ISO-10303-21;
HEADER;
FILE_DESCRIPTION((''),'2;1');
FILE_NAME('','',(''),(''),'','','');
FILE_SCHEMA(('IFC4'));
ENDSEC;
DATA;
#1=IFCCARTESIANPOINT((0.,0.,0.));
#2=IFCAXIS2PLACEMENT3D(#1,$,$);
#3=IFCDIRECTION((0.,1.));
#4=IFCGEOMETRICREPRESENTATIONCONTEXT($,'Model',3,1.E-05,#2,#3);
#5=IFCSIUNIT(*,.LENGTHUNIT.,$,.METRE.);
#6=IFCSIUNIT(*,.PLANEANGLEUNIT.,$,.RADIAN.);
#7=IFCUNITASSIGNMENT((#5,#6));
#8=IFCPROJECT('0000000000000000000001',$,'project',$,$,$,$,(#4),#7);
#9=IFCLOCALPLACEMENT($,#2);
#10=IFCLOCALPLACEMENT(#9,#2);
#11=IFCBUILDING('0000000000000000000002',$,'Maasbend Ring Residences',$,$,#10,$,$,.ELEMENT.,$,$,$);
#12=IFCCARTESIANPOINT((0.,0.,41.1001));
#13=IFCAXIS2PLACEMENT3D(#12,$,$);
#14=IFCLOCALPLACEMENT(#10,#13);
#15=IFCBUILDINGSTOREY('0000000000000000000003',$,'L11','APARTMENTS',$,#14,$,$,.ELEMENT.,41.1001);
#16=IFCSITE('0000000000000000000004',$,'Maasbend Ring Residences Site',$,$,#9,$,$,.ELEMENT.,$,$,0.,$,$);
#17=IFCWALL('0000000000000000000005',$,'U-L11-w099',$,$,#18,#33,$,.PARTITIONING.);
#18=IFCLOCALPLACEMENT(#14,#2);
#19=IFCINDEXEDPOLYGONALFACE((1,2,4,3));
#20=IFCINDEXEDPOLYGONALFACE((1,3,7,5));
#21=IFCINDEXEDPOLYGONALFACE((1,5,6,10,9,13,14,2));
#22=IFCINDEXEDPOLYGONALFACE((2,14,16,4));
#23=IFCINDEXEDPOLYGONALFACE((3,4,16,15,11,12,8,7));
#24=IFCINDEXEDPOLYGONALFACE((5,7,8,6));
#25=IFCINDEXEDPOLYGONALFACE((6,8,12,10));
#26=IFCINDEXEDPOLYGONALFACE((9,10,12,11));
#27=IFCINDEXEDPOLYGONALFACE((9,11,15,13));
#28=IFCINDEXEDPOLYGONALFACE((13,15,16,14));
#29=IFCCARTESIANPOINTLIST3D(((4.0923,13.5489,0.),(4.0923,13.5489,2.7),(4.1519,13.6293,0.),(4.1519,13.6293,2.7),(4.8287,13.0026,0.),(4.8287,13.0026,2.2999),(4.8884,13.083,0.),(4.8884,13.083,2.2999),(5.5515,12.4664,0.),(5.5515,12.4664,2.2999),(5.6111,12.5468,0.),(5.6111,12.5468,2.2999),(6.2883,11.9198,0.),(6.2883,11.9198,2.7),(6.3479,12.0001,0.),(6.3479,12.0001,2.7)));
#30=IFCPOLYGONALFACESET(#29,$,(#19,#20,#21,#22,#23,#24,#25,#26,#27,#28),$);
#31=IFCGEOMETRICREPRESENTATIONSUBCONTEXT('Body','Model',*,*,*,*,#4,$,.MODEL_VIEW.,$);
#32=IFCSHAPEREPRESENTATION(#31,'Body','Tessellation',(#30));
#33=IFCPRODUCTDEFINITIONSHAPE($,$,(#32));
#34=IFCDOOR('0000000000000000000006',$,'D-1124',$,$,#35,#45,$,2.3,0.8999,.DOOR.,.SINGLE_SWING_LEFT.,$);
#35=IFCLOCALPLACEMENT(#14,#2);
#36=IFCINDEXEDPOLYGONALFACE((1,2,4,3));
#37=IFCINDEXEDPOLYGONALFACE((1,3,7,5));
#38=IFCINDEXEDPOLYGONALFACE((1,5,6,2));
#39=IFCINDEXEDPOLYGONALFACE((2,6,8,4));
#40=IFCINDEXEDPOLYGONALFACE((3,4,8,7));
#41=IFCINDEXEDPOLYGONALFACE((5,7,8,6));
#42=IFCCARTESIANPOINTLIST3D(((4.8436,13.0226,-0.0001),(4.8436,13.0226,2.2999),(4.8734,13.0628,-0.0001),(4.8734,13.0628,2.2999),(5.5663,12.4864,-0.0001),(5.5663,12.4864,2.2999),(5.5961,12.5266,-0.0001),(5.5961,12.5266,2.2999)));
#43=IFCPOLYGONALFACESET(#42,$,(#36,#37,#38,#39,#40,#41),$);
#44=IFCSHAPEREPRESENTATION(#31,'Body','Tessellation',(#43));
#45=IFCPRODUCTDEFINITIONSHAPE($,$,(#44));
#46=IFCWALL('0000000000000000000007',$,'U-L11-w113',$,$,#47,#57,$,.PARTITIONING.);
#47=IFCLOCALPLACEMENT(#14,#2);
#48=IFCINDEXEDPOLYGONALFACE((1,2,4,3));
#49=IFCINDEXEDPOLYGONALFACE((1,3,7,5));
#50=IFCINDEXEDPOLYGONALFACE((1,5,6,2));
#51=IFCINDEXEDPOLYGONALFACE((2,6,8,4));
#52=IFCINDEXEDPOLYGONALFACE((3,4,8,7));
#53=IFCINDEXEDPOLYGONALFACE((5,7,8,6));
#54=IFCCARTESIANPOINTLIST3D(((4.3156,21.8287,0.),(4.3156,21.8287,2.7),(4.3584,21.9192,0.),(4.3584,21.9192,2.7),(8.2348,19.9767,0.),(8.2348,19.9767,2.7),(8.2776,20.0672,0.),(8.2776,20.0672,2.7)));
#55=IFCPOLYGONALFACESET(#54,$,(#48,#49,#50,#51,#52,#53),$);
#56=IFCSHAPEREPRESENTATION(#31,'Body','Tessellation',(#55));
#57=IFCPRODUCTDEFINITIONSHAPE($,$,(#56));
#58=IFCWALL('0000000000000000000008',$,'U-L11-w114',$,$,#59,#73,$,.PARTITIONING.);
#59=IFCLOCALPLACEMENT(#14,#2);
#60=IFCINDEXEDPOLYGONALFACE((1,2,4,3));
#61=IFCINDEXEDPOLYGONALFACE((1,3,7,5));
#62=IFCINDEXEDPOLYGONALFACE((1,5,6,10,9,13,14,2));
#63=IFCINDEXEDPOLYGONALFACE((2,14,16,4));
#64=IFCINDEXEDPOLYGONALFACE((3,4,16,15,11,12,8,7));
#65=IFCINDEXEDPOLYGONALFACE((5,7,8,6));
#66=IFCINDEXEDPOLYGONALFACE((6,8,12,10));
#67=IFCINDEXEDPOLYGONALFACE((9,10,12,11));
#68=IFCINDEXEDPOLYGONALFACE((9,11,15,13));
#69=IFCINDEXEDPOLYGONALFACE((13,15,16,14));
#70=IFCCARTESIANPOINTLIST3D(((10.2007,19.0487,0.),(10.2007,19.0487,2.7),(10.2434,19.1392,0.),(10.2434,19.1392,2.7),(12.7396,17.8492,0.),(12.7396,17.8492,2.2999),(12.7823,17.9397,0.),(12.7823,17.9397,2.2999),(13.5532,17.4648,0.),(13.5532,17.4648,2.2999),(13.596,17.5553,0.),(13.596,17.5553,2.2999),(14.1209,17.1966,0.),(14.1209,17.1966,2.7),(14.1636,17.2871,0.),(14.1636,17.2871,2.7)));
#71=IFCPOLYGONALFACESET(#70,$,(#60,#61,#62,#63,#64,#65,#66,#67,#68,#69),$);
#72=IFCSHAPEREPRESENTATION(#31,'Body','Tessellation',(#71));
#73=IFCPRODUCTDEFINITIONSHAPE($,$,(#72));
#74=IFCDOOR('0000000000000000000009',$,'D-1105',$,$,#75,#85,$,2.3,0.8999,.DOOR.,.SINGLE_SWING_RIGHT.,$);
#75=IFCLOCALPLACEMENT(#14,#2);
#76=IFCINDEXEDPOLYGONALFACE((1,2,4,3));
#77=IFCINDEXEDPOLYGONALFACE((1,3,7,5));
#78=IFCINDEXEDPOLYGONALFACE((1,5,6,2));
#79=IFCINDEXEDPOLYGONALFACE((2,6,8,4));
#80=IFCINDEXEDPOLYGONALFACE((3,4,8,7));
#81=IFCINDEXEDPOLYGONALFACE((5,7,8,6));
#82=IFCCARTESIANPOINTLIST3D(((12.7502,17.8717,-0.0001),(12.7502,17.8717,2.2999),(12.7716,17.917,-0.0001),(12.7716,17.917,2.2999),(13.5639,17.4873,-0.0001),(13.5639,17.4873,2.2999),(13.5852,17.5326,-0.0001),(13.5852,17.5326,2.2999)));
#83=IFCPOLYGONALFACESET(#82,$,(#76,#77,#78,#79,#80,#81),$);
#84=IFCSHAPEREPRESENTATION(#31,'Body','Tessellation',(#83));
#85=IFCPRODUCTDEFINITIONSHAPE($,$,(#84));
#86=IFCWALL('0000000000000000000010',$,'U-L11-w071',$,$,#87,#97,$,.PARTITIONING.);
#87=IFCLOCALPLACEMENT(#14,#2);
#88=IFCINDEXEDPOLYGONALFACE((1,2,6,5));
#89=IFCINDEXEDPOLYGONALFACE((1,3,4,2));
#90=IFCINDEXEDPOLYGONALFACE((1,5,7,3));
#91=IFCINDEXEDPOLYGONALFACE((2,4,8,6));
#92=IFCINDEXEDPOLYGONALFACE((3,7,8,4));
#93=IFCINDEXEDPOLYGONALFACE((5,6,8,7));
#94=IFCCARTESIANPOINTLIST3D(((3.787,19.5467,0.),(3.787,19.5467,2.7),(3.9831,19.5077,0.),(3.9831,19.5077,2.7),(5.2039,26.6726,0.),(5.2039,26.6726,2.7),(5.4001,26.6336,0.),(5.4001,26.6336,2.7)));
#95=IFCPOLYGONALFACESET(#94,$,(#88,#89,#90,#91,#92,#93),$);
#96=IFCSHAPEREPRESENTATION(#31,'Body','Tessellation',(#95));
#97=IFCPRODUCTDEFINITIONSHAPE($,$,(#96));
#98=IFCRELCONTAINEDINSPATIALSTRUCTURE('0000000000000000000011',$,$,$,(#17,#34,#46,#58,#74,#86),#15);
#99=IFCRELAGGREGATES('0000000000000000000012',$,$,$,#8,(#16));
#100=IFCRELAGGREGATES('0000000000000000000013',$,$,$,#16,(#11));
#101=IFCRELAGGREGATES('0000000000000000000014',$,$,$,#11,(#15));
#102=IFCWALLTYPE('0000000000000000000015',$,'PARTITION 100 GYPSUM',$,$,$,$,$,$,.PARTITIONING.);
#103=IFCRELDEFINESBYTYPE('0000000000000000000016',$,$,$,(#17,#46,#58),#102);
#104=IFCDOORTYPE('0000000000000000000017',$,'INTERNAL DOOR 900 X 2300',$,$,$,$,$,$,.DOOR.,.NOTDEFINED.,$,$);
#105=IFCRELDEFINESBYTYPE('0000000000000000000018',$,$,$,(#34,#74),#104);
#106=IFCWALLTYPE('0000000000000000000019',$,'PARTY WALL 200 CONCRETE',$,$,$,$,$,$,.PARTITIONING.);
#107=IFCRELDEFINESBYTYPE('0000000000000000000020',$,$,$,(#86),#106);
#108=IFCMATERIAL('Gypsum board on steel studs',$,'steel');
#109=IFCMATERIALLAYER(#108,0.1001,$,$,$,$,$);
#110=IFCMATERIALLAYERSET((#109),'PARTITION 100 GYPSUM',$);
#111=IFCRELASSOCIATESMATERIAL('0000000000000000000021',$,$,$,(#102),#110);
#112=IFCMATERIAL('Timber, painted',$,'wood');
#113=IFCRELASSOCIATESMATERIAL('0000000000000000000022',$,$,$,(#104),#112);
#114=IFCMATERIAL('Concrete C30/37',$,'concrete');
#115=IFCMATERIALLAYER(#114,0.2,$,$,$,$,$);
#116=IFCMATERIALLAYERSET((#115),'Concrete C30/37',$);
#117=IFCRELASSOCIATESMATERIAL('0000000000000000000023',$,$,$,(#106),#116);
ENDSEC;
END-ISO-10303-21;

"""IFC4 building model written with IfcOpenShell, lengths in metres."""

from ifc_helpers import new_model, si_unit, direction, frame, frame_2d, origin, place, context, subcontext, project, spatial, rectangle, extrude, material, layer, layer_set, type_object, element, fill, save


model = new_model("IFC4")

# Units and contexts
model_context = context("Model", 3, precision=1e-05, world=origin(), true_north=direction((0.0, 1.0)))
body_context = subcontext(model_context, "Body", "Model", "MODEL_VIEW")
ifc_project = project(units=[si_unit("LENGTHUNIT", "METRE"), si_unit("PLANEANGLEUNIT", "RADIAN")], contexts=[model_context])

# Site, building, storey
site_placement = place(None, origin())
site = spatial("IfcSite", under=ifc_project, at=site_placement, Name="Maasbend Ring Residences Site", CompositionType="ELEMENT", RefElevation=0.0)
building_placement = place(site_placement, origin())
building = spatial("IfcBuilding", under=site, at=building_placement, Name="Maasbend Ring Residences", CompositionType="ELEMENT")
storey_placement = place(building_placement, frame((0.0, 0.0, 41.1001)))
storey = spatial("IfcBuildingStorey", under=building, at=storey_placement, Name="L11", Description="APARTMENTS", CompositionType="ELEMENT", Elevation=41.1001)

# Shared definitions
ifc_material_1 = material(Name="Gypsum board on steel studs", Category="steel")
ifc_layer_1 = layer(ifc_material_1, 0.1001)
ifc_layer_set_1 = layer_set([ifc_layer_1], Name="PARTITION 100 GYPSUM")
wall_type_1 = type_object("IfcWallType", Name="PARTITION 100 GYPSUM", PredefinedType="PARTITIONING", material=ifc_layer_set_1)
ifc_material_2 = material(Name="Timber, painted", Category="wood")
door_type_1 = type_object("IfcDoorType", Name="INTERNAL DOOR 900 X 2300", OperationType="NOTDEFINED", PredefinedType="DOOR", material=ifc_material_2)

# Wall, opening, door
wall_1_placement = place(storey_placement, frame((4.1221, 13.5891, 0.0), z_axis=(0.0, 0.0, 1.0), x_axis=(0.803128, -0.595806, 0.0)))
wall_1 = element("IfcWall", 1, at=wall_1_placement, inside=storey, type_object=wall_type_1, Name="U-L11-w099", PredefinedType="PARTITIONING", context=body_context, shape_type="SweptSolid", body=[
    extrude(rectangle(XDim=2.7344, YDim=0.1001, at=frame_2d((1.3672, 0.0))), origin(), (0.0, 0.0, 1.0), 2.7),
])
opening_1_placement = place(wall_1_placement, frame((0.917, 0.0, 0.0)))
opening_1 = element("IfcOpeningElement", 2, at=opening_1_placement, cuts=wall_1, PredefinedType="OPENING", context=body_context, shape_type="SweptSolid", body=[
    extrude(rectangle(XDim=0.8999, YDim=2.3, at=frame_2d((0.45, 1.1499))), frame((0.0, 0.0601, 0.0), z_axis=(0.0, -1.0, 0.0), x_axis=(1.0, 0.0, 0.0)), (0.0, 0.0, 1.0), 0.1201),
])
door_1_placement = place(opening_1_placement, origin())
door_1 = element("IfcDoor", 3, at=door_1_placement, inside=storey, type_object=door_type_1, Name="D-1124", OperationType="SINGLE_SWING_LEFT", OverallHeight=2.3, OverallWidth=0.8999, PredefinedType="DOOR", context=body_context, shape_type="SweptSolid", body=[
    extrude(rectangle(XDim=0.8999, YDim=2.3, at=frame_2d((0.45, 1.1499))), frame((0.0, 0.0249, 0.0), z_axis=(0.0, -1.0, 0.0), x_axis=(1.0, 0.0, 0.0)), (0.0, 0.0, 1.0), 0.05),
])
fill(opening_1, door_1)

# Wall
wall_2_placement = place(storey_placement, frame((4.3369, 21.874, 0.0), z_axis=(0.0, 0.0, 1.0), x_axis=(0.904131, -0.427256, 0.0)))
element("IfcWall", 4, at=wall_2_placement, inside=storey, type_object=wall_type_1, Name="U-L11-w113", PredefinedType="PARTITIONING", context=body_context, shape_type="SweptSolid", body=[
    extrude(rectangle(XDim=4.3347, YDim=0.1001, at=frame_2d((2.1675, 0.0))), origin(), (0.0, 0.0, 1.0), 2.7),
])

# Wall, opening, door
wall_3_placement = place(storey_placement, frame((10.2219, 19.094, 0.0), z_axis=(0.0, 0.0, 1.0), x_axis=(0.904172, -0.427169, 0.0)))
wall_3 = element("IfcWall", 5, at=wall_3_placement, inside=storey, type_object=wall_type_1, Name="U-L11-w114", PredefinedType="PARTITIONING", context=body_context, shape_type="SweptSolid", body=[
    extrude(rectangle(XDim=4.3357, YDim=0.1001, at=frame_2d((2.168, 0.0))), origin(), (0.0, 0.0, 1.0), 2.7),
])
opening_2_placement = place(wall_3_placement, frame((2.8081, 0.0, 0.0)))
opening_2 = element("IfcOpeningElement", 6, at=opening_2_placement, cuts=wall_3, PredefinedType="OPENING", context=body_context, shape_type="SweptSolid", body=[
    extrude(rectangle(XDim=0.8999, YDim=2.3, at=frame_2d((0.45, 1.1499))), frame((0.0, 0.0601, 0.0), z_axis=(0.0, -1.0, 0.0), x_axis=(1.0, 0.0, 0.0)), (0.0, 0.0, 1.0), 0.1201),
])
door_2_placement = place(opening_2_placement, origin())
door_2 = element("IfcDoor", 7, at=door_2_placement, inside=storey, type_object=door_type_1, Name="D-1105", OperationType="SINGLE_SWING_RIGHT", OverallHeight=2.3, OverallWidth=0.8999, PredefinedType="DOOR", context=body_context, shape_type="SweptSolid", body=[
    extrude(rectangle(XDim=0.8999, YDim=2.3, at=frame_2d((0.45, 1.1499))), frame((0.0, 0.0249, 0.0), z_axis=(0.0, -1.0, 0.0), x_axis=(1.0, 0.0, 0.0)), (0.0, 0.0, 1.0), 0.05),
])
fill(opening_2, door_2)

# Wall
ifc_material_3 = material(Name="Concrete C30/37", Category="concrete")
ifc_layer_2 = layer(ifc_material_3, 0.2)
ifc_layer_set_2 = layer_set([ifc_layer_2], Name="Concrete C30/37")
wall_type_2 = type_object("IfcWallType", Name="PARTY WALL 200 CONCRETE", PredefinedType="PARTITIONING", material=ifc_layer_set_2)
wall_4_placement = place(storey_placement, frame((3.885, 19.5271, 0.0), z_axis=(0.0, 0.0, 1.0), x_axis=(0.19503, 0.980797, 0.0)))
element("IfcWall", 8, at=wall_4_placement, inside=storey, type_object=wall_type_2, Name="U-L11-w071", PredefinedType="PARTITIONING", context=body_context, shape_type="SweptSolid", body=[
    extrude(rectangle(XDim=7.2654, YDim=0.2, at=frame_2d((3.6328, 0.0))), origin(), (0.0, 0.0, 1.0), 2.7),
])

save(model, "model.ifc")
